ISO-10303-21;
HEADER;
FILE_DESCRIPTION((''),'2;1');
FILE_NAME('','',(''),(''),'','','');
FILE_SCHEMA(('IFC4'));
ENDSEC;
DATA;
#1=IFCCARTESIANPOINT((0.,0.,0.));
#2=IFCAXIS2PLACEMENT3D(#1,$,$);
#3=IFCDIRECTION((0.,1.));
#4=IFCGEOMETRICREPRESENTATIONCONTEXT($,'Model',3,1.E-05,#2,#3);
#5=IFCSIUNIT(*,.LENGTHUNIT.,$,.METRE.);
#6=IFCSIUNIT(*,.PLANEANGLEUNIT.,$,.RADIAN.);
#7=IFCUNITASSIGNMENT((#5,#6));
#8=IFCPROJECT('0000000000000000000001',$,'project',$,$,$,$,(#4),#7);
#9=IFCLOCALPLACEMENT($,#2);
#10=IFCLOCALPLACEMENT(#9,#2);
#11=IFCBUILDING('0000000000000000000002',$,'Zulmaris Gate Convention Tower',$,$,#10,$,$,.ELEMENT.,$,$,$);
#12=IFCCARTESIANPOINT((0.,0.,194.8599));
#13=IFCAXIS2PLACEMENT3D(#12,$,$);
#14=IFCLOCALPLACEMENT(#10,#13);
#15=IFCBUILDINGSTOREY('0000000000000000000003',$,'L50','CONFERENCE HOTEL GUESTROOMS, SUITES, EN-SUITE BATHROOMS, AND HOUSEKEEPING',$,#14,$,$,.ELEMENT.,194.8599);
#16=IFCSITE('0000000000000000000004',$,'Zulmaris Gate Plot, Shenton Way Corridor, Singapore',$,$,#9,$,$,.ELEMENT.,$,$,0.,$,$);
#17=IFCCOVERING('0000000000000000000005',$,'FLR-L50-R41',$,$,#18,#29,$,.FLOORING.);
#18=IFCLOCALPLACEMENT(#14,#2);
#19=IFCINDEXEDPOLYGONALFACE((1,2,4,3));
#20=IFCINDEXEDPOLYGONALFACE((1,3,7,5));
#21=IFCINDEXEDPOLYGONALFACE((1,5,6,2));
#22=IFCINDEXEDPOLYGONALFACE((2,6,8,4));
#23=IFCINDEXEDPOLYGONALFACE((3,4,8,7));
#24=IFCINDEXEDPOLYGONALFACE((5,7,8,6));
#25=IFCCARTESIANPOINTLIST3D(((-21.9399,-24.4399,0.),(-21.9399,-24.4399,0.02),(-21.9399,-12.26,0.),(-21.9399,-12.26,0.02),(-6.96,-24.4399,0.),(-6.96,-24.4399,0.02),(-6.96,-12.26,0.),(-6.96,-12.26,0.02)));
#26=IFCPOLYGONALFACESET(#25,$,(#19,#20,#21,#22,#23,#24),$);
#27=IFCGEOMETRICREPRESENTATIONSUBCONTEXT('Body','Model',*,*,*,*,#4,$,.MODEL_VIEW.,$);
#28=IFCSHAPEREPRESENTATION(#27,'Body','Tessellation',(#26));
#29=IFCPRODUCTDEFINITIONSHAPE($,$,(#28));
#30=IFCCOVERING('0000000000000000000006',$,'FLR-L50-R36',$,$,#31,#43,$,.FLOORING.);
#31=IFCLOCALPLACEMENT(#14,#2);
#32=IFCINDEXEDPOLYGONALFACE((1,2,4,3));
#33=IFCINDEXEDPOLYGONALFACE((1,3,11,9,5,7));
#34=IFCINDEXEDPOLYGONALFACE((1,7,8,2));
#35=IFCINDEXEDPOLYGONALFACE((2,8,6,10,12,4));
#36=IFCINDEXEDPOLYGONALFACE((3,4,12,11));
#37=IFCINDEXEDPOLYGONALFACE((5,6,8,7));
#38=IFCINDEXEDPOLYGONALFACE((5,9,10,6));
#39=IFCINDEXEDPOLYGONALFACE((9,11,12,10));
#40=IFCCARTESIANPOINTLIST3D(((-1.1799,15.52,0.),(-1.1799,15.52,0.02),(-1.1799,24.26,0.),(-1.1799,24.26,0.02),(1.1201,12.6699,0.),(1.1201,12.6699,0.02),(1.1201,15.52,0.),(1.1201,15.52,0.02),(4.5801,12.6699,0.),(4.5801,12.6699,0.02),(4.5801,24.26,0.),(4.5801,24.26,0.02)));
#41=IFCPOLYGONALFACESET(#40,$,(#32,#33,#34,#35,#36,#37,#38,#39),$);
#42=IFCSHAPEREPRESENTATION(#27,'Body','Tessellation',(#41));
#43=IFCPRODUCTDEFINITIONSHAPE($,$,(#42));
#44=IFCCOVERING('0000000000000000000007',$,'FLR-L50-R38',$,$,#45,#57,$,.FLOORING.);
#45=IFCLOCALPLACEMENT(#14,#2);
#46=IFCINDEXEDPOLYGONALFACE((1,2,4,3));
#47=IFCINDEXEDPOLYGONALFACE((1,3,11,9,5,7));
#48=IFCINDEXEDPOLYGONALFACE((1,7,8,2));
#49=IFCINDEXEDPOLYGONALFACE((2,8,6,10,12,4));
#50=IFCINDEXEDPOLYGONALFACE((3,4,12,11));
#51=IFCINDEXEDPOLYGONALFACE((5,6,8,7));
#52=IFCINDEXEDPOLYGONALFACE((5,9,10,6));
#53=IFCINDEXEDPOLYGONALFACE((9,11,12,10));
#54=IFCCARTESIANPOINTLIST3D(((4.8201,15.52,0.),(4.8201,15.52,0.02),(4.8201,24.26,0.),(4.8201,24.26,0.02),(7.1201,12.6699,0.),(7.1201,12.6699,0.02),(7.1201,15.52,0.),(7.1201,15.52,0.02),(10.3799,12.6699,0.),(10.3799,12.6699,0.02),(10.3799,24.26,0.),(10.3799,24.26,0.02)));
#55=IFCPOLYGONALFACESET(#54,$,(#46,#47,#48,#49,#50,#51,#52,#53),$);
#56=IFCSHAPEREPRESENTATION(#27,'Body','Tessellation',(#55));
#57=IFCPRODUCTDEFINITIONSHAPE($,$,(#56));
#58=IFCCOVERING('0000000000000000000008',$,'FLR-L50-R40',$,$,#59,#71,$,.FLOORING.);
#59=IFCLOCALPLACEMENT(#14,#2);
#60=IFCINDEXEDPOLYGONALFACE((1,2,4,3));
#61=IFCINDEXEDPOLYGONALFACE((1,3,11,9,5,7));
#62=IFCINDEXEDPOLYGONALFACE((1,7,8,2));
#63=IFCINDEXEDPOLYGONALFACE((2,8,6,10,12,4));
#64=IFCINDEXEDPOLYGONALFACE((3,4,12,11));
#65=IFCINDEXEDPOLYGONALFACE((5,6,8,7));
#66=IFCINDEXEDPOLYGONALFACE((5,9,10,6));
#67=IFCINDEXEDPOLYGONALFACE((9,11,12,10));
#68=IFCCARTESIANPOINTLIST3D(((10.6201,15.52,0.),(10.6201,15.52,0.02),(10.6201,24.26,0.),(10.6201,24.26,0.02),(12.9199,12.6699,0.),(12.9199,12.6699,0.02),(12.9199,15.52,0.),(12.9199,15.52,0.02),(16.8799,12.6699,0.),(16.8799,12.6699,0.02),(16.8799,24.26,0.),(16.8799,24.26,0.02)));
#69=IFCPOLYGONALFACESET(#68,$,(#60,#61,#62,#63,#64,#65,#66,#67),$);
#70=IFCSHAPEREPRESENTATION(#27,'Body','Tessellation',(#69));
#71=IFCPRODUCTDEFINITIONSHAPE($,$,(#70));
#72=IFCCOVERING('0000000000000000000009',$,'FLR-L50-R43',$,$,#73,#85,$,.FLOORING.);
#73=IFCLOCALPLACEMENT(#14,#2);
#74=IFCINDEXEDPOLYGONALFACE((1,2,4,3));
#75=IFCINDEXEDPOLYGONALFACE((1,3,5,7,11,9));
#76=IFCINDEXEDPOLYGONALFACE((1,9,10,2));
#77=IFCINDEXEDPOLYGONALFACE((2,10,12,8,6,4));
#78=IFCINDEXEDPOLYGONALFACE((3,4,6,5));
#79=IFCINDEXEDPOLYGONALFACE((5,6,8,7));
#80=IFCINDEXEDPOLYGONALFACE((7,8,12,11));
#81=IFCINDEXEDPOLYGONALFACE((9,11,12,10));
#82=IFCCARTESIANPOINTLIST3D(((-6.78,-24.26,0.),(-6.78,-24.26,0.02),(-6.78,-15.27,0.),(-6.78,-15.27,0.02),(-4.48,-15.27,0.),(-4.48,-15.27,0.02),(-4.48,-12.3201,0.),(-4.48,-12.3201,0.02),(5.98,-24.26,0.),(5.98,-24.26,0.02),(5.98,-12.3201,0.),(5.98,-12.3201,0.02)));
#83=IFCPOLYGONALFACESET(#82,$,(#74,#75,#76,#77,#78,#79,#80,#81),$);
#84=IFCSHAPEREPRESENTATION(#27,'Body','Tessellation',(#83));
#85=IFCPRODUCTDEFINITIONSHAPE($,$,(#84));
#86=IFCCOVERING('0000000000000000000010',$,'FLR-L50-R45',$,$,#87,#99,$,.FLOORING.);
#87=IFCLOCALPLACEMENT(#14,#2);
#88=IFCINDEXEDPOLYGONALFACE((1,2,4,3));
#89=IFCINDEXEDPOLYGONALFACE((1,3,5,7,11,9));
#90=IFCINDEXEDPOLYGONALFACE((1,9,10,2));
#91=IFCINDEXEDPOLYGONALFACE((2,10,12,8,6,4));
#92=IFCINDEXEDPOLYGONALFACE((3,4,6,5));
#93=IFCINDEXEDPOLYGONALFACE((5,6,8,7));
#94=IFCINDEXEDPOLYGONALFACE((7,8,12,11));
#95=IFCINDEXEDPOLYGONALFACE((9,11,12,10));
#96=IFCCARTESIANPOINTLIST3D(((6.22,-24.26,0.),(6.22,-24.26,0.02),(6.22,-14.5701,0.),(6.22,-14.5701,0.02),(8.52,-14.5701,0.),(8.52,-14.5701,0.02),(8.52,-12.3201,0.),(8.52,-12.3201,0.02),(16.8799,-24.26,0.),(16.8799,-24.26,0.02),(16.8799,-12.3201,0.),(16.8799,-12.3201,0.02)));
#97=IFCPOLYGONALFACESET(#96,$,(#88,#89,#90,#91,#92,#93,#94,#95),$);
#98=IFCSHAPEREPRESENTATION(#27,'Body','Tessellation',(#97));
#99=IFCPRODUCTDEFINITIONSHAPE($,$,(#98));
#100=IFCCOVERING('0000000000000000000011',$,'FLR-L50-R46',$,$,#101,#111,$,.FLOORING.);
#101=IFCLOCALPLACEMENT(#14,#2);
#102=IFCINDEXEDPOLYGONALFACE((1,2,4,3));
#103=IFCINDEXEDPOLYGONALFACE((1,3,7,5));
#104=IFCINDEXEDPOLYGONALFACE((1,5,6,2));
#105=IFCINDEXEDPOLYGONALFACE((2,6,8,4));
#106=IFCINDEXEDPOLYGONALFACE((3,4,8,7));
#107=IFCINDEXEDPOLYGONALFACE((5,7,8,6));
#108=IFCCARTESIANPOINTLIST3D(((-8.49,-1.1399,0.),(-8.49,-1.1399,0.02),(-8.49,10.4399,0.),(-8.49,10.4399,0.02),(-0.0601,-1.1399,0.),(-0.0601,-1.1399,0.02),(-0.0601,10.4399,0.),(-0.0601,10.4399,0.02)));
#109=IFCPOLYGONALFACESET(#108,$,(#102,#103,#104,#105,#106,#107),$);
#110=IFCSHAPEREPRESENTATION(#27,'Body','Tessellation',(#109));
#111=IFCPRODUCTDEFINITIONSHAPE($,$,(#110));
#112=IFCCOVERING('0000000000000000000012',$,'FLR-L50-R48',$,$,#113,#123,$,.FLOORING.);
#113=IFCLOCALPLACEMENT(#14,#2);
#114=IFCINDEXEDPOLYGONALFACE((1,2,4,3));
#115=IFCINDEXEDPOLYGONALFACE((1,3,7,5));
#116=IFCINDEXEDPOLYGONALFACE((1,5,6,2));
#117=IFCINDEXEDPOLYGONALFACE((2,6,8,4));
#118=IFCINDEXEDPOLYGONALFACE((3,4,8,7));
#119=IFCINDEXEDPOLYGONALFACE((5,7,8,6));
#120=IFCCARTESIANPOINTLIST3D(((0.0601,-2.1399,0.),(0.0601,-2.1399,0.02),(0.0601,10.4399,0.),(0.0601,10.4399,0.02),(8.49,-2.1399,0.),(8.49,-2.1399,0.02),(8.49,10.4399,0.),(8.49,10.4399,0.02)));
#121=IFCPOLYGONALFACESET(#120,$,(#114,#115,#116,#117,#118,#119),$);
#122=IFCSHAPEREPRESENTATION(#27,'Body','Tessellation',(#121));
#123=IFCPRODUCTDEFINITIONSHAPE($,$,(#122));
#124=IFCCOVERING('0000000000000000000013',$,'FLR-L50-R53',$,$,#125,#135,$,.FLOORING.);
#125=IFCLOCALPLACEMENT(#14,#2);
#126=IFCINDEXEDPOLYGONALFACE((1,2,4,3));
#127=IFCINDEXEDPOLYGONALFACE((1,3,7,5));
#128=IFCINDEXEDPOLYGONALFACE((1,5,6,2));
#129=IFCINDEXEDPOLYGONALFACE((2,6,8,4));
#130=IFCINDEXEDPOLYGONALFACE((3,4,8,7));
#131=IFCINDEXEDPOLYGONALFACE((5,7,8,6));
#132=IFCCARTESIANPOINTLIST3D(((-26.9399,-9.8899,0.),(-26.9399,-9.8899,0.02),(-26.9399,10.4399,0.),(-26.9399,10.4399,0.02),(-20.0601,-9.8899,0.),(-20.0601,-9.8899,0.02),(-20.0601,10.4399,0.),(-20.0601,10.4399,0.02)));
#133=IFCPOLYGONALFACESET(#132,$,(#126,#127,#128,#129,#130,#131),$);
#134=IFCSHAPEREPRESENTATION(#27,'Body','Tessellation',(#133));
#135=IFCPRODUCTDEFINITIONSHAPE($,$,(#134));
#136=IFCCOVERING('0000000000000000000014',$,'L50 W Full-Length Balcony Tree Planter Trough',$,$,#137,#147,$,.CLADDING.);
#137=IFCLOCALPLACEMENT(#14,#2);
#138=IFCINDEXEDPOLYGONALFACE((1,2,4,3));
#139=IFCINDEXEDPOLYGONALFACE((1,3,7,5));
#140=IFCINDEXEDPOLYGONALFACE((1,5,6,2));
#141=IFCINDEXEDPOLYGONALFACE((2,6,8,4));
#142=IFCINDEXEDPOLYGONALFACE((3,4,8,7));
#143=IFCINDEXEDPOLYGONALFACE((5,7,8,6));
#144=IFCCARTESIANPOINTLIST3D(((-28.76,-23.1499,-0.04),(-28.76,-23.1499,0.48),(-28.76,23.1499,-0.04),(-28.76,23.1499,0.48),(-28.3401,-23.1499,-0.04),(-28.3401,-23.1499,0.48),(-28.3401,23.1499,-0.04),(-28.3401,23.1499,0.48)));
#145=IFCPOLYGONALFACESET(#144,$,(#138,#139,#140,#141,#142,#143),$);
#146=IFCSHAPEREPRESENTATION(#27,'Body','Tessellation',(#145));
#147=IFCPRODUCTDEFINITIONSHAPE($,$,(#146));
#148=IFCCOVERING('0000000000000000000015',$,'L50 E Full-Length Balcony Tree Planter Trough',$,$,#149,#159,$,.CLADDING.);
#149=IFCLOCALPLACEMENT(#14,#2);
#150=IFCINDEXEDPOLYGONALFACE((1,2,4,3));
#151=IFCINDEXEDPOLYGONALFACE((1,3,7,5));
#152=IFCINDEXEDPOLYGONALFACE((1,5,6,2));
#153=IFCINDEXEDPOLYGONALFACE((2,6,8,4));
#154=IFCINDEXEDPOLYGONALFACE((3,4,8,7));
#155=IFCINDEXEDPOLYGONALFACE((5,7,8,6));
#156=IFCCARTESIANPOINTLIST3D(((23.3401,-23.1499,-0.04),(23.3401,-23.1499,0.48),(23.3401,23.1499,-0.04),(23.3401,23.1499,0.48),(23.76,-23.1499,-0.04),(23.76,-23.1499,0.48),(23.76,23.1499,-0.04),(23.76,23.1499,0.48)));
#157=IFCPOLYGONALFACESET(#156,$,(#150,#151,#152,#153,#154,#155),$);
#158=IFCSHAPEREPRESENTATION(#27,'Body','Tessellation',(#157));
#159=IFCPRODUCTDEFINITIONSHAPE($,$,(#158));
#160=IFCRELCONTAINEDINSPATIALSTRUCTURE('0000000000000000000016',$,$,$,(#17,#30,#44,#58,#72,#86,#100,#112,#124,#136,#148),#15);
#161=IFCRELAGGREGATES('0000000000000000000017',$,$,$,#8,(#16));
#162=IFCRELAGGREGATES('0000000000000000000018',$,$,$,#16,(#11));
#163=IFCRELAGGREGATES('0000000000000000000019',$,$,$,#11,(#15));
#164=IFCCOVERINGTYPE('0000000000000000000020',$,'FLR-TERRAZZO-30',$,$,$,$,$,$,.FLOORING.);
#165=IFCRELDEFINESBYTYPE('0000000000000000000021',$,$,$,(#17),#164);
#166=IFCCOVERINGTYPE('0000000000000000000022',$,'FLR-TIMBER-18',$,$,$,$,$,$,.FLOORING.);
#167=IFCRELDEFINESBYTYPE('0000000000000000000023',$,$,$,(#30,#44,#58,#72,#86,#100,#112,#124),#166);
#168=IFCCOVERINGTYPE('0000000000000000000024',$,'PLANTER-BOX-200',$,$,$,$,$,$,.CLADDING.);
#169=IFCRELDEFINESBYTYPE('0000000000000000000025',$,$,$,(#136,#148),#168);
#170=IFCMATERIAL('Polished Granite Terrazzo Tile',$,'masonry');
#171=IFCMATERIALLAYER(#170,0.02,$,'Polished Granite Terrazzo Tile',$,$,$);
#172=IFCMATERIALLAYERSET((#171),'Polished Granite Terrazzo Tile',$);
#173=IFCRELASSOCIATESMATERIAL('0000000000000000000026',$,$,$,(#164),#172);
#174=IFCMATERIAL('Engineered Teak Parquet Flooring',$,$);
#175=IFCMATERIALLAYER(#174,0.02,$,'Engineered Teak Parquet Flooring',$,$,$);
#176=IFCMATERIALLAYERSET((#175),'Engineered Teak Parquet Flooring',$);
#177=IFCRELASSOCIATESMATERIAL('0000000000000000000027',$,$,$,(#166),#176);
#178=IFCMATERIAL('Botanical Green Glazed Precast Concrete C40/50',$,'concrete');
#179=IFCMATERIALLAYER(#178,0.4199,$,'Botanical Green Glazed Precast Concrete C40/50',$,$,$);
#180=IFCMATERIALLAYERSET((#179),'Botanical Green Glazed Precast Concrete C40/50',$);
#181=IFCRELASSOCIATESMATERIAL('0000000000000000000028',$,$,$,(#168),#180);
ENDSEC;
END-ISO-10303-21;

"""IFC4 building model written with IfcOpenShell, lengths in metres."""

from ifc_helpers import new_model, si_unit, direction, frame, origin, place, context, subcontext, project, spatial, polyline, outline, extrude, material, layer, layer_set, type_object, element, save


model = new_model("IFC4")

# Units and contexts
model_context = context("Model", 3, precision=1e-05, world=origin(), true_north=direction((0.0, 1.0)))
body_context = subcontext(model_context, "Body", "Model", "MODEL_VIEW")
ifc_project = project(units=[si_unit("LENGTHUNIT", "METRE"), si_unit("PLANEANGLEUNIT", "RADIAN")], contexts=[model_context])

# Site, building, storey
site_placement = place(None, origin())
site = spatial("IfcSite", under=ifc_project, at=site_placement, Name="Zulmaris Gate Plot, Shenton Way Corridor, Singapore", CompositionType="ELEMENT", RefElevation=0.0)
building_placement = place(site_placement, origin())
building = spatial("IfcBuilding", under=site, at=building_placement, Name="Zulmaris Gate Convention Tower", CompositionType="ELEMENT")
storey_placement = place(building_placement, frame((0.0, 0.0, 194.8599)))
storey = spatial("IfcBuildingStorey", under=building, at=storey_placement, Name="L50", Description="CONFERENCE HOTEL GUESTROOMS, SUITES, EN-SUITE BATHROOMS, AND HOUSEKEEPING", CompositionType="ELEMENT", Elevation=194.8599)

# Coverings
ifc_material_1 = material(Name="Polished Granite Terrazzo Tile", Category="masonry")
ifc_layer_1 = layer(ifc_material_1, 0.02, Name="Polished Granite Terrazzo Tile")
ifc_layer_set_1 = layer_set([ifc_layer_1], Name="Polished Granite Terrazzo Tile")
covering_type_1 = type_object("IfcCoveringType", Name="FLR-TERRAZZO-30", PredefinedType="FLOORING", material=ifc_layer_set_1)
covering_1_placement = place(storey_placement, origin())
element("IfcCovering", 1, at=covering_1_placement, inside=storey, type_object=covering_type_1, Name="FLR-L50-R41", PredefinedType="FLOORING", context=body_context, shape_type="SweptSolid", body=[
    extrude(outline(polyline([(-21.9399, -24.4399), (-6.96, -24.4399), (-6.96, -12.26), (-21.9399, -12.26), (-21.9399, -24.4399)])), origin(), (0.0, 0.0, 1.0), 0.02),
])
ifc_material_2 = material(Name="Engineered Teak Parquet Flooring")
ifc_layer_2 = layer(ifc_material_2, 0.02, Name="Engineered Teak Parquet Flooring")
ifc_layer_set_2 = layer_set([ifc_layer_2], Name="Engineered Teak Parquet Flooring")
covering_type_2 = type_object("IfcCoveringType", Name="FLR-TIMBER-18", PredefinedType="FLOORING", material=ifc_layer_set_2)
covering_2_placement = place(storey_placement, origin())
element("IfcCovering", 2, at=covering_2_placement, inside=storey, type_object=covering_type_2, Name="FLR-L50-R36", PredefinedType="FLOORING", context=body_context, shape_type="SweptSolid", body=[
    extrude(outline(polyline([(1.1201, 12.6699), (4.5801, 12.6699), (4.5801, 24.26), (-1.1799, 24.26), (-1.1799, 15.52), (1.1201, 15.52), (1.1201, 12.6699)])), origin(), (0.0, 0.0, 1.0), 0.02),
])
covering_3_placement = place(storey_placement, origin())
element("IfcCovering", 3, at=covering_3_placement, inside=storey, type_object=covering_type_2, Name="FLR-L50-R38", PredefinedType="FLOORING", context=body_context, shape_type="SweptSolid", body=[
    extrude(outline(polyline([(7.1201, 12.6699), (10.3799, 12.6699), (10.3799, 24.26), (4.8201, 24.26), (4.8201, 15.52), (7.1201, 15.52), (7.1201, 12.6699)])), origin(), (0.0, 0.0, 1.0), 0.02),
])
covering_4_placement = place(storey_placement, origin())
element("IfcCovering", 4, at=covering_4_placement, inside=storey, type_object=covering_type_2, Name="FLR-L50-R40", PredefinedType="FLOORING", context=body_context, shape_type="SweptSolid", body=[
    extrude(outline(polyline([(12.9199, 12.6699), (16.8799, 12.6699), (16.8799, 24.26), (10.6201, 24.26), (10.6201, 15.52), (12.9199, 15.52), (12.9199, 12.6699)])), origin(), (0.0, 0.0, 1.0), 0.02),
])
covering_5_placement = place(storey_placement, origin())
element("IfcCovering", 5, at=covering_5_placement, inside=storey, type_object=covering_type_2, Name="FLR-L50-R43", PredefinedType="FLOORING", context=body_context, shape_type="SweptSolid", body=[
    extrude(outline(polyline([(-6.78, -24.26), (5.98, -24.26), (5.98, -12.3201), (-4.48, -12.3201), (-4.48, -15.27), (-6.78, -15.27), (-6.78, -24.26)])), origin(), (0.0, 0.0, 1.0), 0.02),
])
covering_6_placement = place(storey_placement, origin())
element("IfcCovering", 6, at=covering_6_placement, inside=storey, type_object=covering_type_2, Name="FLR-L50-R45", PredefinedType="FLOORING", context=body_context, shape_type="SweptSolid", body=[
    extrude(outline(polyline([(6.22, -24.26), (16.8799, -24.26), (16.8799, -12.3201), (8.52, -12.3201), (8.52, -14.5701), (6.22, -14.5701), (6.22, -24.26)])), origin(), (0.0, 0.0, 1.0), 0.02),
])
covering_7_placement = place(storey_placement, origin())
element("IfcCovering", 7, at=covering_7_placement, inside=storey, type_object=covering_type_2, Name="FLR-L50-R46", PredefinedType="FLOORING", context=body_context, shape_type="SweptSolid", body=[
    extrude(outline(polyline([(-8.49, -1.1399), (-0.0601, -1.1399), (-0.0601, 10.4399), (-8.49, 10.4399), (-8.49, -1.1399)])), origin(), (0.0, 0.0, 1.0), 0.02),
])
covering_8_placement = place(storey_placement, origin())
element("IfcCovering", 8, at=covering_8_placement, inside=storey, type_object=covering_type_2, Name="FLR-L50-R48", PredefinedType="FLOORING", context=body_context, shape_type="SweptSolid", body=[
    extrude(outline(polyline([(0.0601, -2.1399), (8.49, -2.1399), (8.49, 10.4399), (0.0601, 10.4399), (0.0601, -2.1399)])), origin(), (0.0, 0.0, 1.0), 0.02),
])
covering_9_placement = place(storey_placement, origin())
element("IfcCovering", 9, at=covering_9_placement, inside=storey, type_object=covering_type_2, Name="FLR-L50-R53", PredefinedType="FLOORING", context=body_context, shape_type="SweptSolid", body=[
    extrude(outline(polyline([(-26.9399, -9.8899), (-20.0601, -9.8899), (-20.0601, 10.4399), (-26.9399, 10.4399), (-26.9399, -9.8899)])), origin(), (0.0, 0.0, 1.0), 0.02),
])
ifc_material_3 = material(Name="Botanical Green Glazed Precast Concrete C40/50", Category="concrete")
ifc_layer_3 = layer(ifc_material_3, 0.4199, Name="Botanical Green Glazed Precast Concrete C40/50")
ifc_layer_set_3 = layer_set([ifc_layer_3], Name="Botanical Green Glazed Precast Concrete C40/50")
covering_type_3 = type_object("IfcCoveringType", Name="PLANTER-BOX-200", PredefinedType="CLADDING", material=ifc_layer_set_3)
covering_10_placement = place(storey_placement, frame((0.0, 0.0, -0.04)))
element("IfcCovering", 10, at=covering_10_placement, inside=storey, type_object=covering_type_3, Name="L50 W Full-Length Balcony Tree Planter Trough", PredefinedType="CLADDING", context=body_context, shape_type="SweptSolid", body=[
    extrude(outline(polyline([(-28.76, -23.1499), (-28.3401, -23.1499), (-28.3401, 23.1499), (-28.76, 23.1499), (-28.76, -23.1499)])), origin(), (0.0, 0.0, 1.0), 0.52),
])
covering_11_placement = place(storey_placement, frame((0.0, 0.0, -0.04)))
element("IfcCovering", 11, at=covering_11_placement, inside=storey, type_object=covering_type_3, Name="L50 E Full-Length Balcony Tree Planter Trough", PredefinedType="CLADDING", context=body_context, shape_type="SweptSolid", body=[
    extrude(outline(polyline([(23.3401, -23.1499), (23.76, -23.1499), (23.76, 23.1499), (23.3401, 23.1499), (23.3401, -23.1499)])), origin(), (0.0, 0.0, 1.0), 0.52),
])

save(model, "model.ifc")
